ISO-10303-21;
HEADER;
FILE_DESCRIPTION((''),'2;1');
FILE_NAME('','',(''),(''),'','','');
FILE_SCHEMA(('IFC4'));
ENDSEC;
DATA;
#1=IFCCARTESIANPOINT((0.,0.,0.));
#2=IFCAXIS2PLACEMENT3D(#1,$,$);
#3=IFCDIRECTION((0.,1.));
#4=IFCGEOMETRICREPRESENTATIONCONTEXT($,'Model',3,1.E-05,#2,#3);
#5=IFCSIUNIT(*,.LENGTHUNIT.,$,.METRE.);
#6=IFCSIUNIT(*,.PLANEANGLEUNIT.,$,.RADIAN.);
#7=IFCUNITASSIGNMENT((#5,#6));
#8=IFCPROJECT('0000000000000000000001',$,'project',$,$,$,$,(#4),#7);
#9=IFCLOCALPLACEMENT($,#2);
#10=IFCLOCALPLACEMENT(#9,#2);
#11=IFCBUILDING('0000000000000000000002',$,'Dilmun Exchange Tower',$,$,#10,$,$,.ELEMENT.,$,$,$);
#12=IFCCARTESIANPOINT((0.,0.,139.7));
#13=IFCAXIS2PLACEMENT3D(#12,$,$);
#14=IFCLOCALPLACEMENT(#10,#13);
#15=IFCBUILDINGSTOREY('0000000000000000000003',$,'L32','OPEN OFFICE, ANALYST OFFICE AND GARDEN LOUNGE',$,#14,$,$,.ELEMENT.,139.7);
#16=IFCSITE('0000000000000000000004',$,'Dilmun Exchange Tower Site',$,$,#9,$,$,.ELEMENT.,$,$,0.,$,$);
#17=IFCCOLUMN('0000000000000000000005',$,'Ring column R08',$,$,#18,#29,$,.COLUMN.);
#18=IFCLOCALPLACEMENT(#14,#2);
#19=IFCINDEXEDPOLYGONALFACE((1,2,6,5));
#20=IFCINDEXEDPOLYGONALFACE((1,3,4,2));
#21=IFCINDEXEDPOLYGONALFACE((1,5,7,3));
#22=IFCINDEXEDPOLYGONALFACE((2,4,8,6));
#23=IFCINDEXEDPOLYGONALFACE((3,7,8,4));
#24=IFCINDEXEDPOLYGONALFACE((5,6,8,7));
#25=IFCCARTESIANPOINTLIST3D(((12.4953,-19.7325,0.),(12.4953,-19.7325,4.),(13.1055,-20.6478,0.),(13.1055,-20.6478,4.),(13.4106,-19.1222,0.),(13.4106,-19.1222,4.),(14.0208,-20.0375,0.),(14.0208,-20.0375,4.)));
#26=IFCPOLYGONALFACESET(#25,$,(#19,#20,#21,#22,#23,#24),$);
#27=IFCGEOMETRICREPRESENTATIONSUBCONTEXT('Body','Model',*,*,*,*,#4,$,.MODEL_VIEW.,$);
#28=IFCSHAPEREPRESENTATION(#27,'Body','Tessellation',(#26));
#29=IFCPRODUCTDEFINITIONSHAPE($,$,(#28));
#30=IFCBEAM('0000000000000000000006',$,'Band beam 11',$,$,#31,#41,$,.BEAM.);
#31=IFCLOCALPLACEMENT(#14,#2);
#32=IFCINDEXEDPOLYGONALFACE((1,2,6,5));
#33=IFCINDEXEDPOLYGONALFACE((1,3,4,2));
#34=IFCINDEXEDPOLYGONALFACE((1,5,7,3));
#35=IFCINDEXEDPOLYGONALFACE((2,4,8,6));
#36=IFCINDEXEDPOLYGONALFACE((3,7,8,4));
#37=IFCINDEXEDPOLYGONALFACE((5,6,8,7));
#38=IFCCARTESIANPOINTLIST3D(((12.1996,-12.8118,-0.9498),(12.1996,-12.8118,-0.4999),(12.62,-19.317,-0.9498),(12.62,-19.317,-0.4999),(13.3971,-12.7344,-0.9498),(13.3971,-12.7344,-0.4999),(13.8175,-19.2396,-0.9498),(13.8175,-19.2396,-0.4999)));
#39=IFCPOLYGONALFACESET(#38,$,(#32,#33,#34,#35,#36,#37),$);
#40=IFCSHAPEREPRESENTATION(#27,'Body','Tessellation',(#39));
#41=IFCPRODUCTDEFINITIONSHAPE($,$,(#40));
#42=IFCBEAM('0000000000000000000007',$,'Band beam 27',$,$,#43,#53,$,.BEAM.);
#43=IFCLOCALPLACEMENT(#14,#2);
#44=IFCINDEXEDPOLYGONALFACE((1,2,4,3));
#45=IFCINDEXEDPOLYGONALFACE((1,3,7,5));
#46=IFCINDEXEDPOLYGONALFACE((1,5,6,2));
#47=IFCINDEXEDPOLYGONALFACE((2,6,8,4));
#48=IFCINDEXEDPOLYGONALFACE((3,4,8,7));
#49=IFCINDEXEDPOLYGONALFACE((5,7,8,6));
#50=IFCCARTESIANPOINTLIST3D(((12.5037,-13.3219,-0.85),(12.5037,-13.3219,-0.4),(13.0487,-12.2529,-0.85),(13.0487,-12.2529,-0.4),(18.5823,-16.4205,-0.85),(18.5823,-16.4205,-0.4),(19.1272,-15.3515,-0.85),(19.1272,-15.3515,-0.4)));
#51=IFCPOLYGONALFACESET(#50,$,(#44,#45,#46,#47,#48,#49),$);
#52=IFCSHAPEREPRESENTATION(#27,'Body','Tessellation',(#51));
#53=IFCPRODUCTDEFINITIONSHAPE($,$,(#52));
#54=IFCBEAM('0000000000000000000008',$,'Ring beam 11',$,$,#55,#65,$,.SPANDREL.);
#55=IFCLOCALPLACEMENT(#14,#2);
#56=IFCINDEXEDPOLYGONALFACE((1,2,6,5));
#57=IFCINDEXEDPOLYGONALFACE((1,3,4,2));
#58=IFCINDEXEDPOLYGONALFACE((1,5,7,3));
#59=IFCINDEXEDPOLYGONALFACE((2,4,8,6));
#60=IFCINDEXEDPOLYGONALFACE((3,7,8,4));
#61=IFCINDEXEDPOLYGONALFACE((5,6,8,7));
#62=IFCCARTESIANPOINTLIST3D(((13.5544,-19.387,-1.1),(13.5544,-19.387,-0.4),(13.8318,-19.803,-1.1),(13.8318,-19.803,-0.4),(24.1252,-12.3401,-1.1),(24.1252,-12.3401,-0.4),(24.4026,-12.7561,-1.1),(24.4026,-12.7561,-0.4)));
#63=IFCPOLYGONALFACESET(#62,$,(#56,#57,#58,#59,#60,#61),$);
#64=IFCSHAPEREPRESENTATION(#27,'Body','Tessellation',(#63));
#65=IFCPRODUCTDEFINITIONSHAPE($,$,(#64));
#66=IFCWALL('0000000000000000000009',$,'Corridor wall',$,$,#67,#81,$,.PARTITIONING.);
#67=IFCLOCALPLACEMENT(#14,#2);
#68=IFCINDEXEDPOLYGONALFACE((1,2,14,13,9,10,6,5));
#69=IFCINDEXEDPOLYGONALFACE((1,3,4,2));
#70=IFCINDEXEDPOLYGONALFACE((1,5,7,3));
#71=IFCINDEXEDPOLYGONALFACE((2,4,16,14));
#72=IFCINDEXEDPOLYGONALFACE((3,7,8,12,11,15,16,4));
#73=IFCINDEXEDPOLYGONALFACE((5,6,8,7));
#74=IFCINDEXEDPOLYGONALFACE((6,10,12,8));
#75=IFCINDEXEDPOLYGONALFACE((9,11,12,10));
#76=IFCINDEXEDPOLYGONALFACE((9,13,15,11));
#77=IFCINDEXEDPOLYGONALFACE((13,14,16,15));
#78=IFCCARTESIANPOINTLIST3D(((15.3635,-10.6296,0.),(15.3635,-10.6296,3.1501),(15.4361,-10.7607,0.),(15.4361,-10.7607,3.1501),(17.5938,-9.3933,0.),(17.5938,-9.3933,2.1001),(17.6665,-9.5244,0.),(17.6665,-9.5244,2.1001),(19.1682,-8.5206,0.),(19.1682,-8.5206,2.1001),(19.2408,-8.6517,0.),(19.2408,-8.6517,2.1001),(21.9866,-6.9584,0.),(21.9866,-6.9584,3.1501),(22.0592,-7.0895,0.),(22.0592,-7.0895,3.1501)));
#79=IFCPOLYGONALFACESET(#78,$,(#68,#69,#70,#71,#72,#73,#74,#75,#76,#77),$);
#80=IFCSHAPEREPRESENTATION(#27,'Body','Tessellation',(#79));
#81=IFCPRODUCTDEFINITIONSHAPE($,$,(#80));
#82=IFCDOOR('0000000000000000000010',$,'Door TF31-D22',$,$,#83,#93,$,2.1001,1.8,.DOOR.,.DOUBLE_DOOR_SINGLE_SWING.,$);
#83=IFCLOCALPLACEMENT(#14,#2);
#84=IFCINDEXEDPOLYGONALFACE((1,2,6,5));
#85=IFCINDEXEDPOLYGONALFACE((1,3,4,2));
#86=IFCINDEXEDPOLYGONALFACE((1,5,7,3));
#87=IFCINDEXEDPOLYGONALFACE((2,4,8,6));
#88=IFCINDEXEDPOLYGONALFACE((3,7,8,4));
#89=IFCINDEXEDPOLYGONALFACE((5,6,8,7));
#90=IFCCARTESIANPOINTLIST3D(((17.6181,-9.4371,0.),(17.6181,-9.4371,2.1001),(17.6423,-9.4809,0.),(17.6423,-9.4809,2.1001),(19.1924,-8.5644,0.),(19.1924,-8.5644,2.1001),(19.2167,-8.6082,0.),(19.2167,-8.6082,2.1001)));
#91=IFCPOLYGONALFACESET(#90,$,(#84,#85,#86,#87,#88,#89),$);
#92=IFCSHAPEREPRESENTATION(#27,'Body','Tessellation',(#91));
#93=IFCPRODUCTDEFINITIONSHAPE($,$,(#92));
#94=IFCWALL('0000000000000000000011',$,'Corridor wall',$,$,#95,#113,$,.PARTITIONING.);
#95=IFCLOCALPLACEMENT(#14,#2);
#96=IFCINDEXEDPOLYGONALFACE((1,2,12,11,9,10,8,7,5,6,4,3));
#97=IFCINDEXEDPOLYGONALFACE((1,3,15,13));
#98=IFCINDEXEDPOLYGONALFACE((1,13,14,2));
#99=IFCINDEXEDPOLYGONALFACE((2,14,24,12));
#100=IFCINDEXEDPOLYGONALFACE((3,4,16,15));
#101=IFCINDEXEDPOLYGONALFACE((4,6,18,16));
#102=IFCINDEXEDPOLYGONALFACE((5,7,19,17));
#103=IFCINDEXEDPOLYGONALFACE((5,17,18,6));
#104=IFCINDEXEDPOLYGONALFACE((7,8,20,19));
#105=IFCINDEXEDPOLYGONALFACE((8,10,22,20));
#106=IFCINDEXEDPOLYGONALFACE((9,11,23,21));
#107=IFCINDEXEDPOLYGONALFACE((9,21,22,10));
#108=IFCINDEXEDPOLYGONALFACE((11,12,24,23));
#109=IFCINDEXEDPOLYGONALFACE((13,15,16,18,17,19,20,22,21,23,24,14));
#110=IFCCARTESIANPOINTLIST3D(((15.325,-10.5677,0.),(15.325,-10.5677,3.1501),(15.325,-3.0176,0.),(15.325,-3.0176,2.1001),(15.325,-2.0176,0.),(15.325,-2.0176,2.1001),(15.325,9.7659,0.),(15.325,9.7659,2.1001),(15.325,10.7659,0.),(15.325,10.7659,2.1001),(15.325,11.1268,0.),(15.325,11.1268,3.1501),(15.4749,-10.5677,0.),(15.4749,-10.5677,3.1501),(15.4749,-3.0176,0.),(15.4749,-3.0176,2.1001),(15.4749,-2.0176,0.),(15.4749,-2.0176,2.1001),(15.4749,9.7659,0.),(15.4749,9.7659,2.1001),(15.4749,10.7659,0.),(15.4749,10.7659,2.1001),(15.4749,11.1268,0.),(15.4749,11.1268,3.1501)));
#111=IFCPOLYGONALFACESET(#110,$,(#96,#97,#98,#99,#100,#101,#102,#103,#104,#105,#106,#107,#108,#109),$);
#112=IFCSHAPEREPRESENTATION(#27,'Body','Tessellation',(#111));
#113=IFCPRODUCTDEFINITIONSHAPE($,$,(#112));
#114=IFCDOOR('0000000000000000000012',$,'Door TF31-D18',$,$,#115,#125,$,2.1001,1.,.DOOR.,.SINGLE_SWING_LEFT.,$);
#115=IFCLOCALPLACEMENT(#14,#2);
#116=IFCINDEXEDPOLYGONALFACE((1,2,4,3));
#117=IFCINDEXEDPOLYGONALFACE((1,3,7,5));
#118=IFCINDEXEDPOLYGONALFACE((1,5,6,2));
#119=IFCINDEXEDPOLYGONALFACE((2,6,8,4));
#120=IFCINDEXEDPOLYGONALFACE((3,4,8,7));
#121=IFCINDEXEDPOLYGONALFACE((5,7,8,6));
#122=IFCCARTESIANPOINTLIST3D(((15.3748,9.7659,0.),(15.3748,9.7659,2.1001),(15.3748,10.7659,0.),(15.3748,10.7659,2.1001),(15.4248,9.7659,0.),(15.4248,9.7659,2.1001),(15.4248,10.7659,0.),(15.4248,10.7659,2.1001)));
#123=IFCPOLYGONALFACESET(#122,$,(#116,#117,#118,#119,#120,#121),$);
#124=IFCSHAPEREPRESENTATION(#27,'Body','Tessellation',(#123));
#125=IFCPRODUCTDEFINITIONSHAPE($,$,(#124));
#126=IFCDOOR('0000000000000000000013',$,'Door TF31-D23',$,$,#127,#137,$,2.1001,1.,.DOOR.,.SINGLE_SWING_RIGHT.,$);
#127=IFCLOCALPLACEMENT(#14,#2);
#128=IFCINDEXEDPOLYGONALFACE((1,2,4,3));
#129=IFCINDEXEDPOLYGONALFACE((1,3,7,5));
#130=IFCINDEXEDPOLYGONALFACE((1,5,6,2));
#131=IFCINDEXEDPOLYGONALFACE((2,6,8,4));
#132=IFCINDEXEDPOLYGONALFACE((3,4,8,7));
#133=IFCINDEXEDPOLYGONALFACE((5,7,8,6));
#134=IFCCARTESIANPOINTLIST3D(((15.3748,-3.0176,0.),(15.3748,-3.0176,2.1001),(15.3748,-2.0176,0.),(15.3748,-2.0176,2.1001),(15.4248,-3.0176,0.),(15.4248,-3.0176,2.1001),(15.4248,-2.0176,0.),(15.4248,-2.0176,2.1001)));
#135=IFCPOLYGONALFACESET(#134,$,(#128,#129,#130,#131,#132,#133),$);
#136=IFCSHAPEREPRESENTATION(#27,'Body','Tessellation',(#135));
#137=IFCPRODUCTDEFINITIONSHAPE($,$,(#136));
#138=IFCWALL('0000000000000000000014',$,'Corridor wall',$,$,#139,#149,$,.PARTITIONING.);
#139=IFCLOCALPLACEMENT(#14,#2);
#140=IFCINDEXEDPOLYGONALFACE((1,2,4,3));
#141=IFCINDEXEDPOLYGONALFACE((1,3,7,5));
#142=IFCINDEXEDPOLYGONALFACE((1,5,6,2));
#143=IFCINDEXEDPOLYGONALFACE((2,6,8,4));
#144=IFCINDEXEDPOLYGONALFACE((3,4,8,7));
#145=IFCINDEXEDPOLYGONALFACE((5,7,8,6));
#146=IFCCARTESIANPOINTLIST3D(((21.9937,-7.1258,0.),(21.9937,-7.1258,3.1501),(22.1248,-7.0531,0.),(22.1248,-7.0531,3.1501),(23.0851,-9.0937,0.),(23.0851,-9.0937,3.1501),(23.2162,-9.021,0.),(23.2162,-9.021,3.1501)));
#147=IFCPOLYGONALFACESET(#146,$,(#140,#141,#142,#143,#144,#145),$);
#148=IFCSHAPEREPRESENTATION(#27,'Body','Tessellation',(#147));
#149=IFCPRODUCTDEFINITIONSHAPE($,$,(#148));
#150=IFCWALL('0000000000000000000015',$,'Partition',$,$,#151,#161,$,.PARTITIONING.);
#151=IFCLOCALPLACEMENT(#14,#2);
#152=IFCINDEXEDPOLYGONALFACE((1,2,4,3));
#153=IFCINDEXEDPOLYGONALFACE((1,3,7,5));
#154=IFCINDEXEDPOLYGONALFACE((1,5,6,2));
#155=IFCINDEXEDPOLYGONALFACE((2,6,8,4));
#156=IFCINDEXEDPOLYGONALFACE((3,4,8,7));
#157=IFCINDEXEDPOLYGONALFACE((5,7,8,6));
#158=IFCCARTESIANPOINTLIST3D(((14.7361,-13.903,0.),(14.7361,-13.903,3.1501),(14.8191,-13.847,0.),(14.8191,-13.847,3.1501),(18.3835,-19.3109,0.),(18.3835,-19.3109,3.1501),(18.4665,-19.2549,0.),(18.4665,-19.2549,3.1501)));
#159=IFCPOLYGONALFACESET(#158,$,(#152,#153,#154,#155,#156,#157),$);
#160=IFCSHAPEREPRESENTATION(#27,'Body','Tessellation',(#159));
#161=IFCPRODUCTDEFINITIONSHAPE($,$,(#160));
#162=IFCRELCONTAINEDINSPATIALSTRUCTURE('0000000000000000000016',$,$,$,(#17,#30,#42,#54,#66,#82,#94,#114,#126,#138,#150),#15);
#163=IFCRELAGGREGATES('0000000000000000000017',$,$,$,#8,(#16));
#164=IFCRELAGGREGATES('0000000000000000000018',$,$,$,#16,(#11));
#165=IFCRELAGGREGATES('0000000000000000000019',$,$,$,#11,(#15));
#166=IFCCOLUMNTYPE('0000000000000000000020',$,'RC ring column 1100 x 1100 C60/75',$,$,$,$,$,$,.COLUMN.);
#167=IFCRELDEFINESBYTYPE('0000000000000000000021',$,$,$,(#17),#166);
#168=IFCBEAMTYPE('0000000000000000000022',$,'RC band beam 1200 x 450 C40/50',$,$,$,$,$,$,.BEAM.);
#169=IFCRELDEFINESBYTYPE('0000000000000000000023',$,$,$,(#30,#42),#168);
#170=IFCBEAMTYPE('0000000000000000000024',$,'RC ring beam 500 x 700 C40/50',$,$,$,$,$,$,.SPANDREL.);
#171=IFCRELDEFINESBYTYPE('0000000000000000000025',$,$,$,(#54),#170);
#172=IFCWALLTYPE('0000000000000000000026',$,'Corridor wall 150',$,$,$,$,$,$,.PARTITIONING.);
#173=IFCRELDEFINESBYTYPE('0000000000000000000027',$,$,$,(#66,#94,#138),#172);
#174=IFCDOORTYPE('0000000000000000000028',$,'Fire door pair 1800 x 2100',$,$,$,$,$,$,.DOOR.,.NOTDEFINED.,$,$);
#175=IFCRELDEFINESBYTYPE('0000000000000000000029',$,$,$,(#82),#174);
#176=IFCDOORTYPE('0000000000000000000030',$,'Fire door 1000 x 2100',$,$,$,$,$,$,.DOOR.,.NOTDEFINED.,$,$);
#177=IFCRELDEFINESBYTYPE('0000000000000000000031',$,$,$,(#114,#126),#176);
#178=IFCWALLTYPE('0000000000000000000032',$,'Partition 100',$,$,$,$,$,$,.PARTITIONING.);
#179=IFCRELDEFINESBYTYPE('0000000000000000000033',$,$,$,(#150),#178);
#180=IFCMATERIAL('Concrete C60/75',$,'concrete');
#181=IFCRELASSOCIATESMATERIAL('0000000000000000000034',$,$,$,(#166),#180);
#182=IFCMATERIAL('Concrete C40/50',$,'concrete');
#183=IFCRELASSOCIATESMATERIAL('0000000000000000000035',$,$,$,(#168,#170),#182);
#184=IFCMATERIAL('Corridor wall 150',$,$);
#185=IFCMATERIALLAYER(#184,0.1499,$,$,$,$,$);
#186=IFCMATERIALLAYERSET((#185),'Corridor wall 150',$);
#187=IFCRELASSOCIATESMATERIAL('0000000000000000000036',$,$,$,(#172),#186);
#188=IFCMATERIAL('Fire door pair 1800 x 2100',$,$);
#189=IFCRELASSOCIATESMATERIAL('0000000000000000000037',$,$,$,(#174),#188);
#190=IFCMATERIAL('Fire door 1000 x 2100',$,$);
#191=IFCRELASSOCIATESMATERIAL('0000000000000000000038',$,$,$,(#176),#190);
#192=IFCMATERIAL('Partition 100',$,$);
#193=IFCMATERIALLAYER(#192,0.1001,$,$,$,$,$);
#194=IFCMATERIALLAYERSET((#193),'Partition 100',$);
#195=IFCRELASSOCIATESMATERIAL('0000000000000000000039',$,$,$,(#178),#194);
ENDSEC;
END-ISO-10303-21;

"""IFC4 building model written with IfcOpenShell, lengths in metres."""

from ifc_helpers import new_model, si_unit, direction, frame, frame_2d, origin, origin_2d, place, context, subcontext, project, spatial, rectangle, extrude, material, layer, layer_set, material_profile, profile_set, type_object, element, fill, save


model = new_model("IFC4")

# Units and contexts
model_context = context("Model", 3, precision=1e-05, world=origin(), true_north=direction((0.0, 1.0)))
body_context = subcontext(model_context, "Body", "Model", "MODEL_VIEW")
ifc_project = project(units=[si_unit("LENGTHUNIT", "METRE"), si_unit("PLANEANGLEUNIT", "RADIAN")], contexts=[model_context])

# Site, building, storey
site_placement = place(None, origin())
site = spatial("IfcSite", under=ifc_project, at=site_placement, Name="Dilmun Exchange Tower Site", CompositionType="ELEMENT", RefElevation=0.0)
building_placement = place(site_placement, origin())
building = spatial("IfcBuilding", under=site, at=building_placement, Name="Dilmun Exchange Tower", CompositionType="ELEMENT")
storey_placement = place(building_placement, frame((0.0, 0.0, 139.7)))
storey = spatial("IfcBuildingStorey", under=building, at=storey_placement, Name="L32", Description="OPEN OFFICE, ANALYST OFFICE AND GARDEN LOUNGE", CompositionType="ELEMENT", Elevation=139.7)

# Column
ifc_material_1 = material(Name="Concrete C60/75", Category="concrete")
ifc_material_profile_1 = material_profile(ifc_material_1, rectangle(XDim=1.1001, YDim=1.1001, at=origin_2d()), Name="1100 x 1100")
ifc_profile_set_1 = profile_set([ifc_material_profile_1], Name="Concrete C60/75")
column_type = type_object("IfcColumnType", Name="RC ring column 1100 x 1100 C60/75", PredefinedType="COLUMN", material=ifc_profile_set_1)
column_placement = place(storey_placement, frame((13.2581, -19.885, 0.0), z_axis=(0.0, 0.0, 1.0), x_axis=(0.832029, 0.554733, 0.0)))
element("IfcColumn", 1, at=column_placement, inside=storey, type_object=column_type, Name="Ring column R08", PredefinedType="COLUMN", context=body_context, shape_type="SweptSolid", body=[
    extrude(rectangle(XDim=1.1001, YDim=1.1001, at=origin_2d()), origin(), (0.0, 0.0, 1.0), 4.0),
])

# Beams
ifc_material_2 = material(Name="Concrete C40/50", Category="concrete")
ifc_material_profile_2 = material_profile(ifc_material_2, rectangle(XDim=1.2, YDim=0.45, at=origin_2d()), Name="1200 x 450")
ifc_profile_set_2 = profile_set([ifc_material_profile_2], Name="Concrete C40/50")
beam_type_1 = type_object("IfcBeamType", Name="RC band beam 1200 x 450 C40/50", PredefinedType="BEAM", material=ifc_profile_set_2)
beam_1_placement = place(storey_placement, frame((13.2188, -19.2783, -0.7249), z_axis=(-0.064493, 0.997918, 0.0), x_axis=(-0.997918, -0.064493, 0.0)))
element("IfcBeam", 2, at=beam_1_placement, inside=storey, type_object=beam_type_1, Name="Band beam 11", PredefinedType="BEAM", context=body_context, shape_type="SweptSolid", body=[
    extrude(rectangle(XDim=1.2, YDim=0.45, at=origin_2d()), origin(), (0.0, 0.0, 1.0), 6.5188),
])
beam_2_placement = place(storey_placement, frame((18.8547, -15.886, -0.625), z_axis=(-0.890922, 0.454156, 0.0), x_axis=(-0.454156, -0.890922, 0.0)))
element("IfcBeam", 3, at=beam_2_placement, inside=storey, type_object=beam_type_1, Name="Band beam 27", PredefinedType="BEAM", context=body_context, shape_type="SweptSolid", body=[
    extrude(rectangle(XDim=1.2, YDim=0.45, at=origin_2d()), origin(), (0.0, 0.0, 1.0), 6.8228),
])
ifc_material_profile_3 = material_profile(ifc_material_2, rectangle(XDim=0.5, YDim=0.7, at=origin_2d()), Name="500 x 700")
ifc_profile_set_3 = profile_set([ifc_material_profile_3], Name="Concrete C40/50")
beam_type_2 = type_object("IfcBeamType", Name="RC ring beam 500 x 700 C40/50", PredefinedType="SPANDREL", material=ifc_profile_set_3)
beam_3_placement = place(storey_placement, frame((13.6931, -19.595, -0.75), z_axis=(0.832062, 0.554682, 0.0), x_axis=(-0.554682, 0.832062, 0.0)))
element("IfcBeam", 4, at=beam_3_placement, inside=storey, type_object=beam_type_2, Name="Ring beam 11", PredefinedType="SPANDREL", context=body_context, shape_type="SweptSolid", body=[
    extrude(rectangle(XDim=0.5, YDim=0.7, at=origin_2d()), origin(), (0.0, 0.0, 1.0), 12.7043),
])

# Wall, opening, door
ifc_material_3 = material(Name="Corridor wall 150")
ifc_layer_1 = layer(ifc_material_3, 0.1499)
ifc_layer_set_1 = layer_set([ifc_layer_1], Name="Corridor wall 150")
wall_type_1 = type_object("IfcWallType", Name="Corridor wall 150", PredefinedType="PARTITIONING", material=ifc_layer_set_1)
wall_1_placement = place(storey_placement, frame((15.3999, -10.6951, 0.0), z_axis=(0.0, 0.0, 1.0), x_axis=(0.874624, 0.484802, 0.0)))
wall_1 = element("IfcWall", 5, at=wall_1_placement, inside=storey, type_object=wall_type_1, Name="Corridor wall", PredefinedType="PARTITIONING", context=body_context, shape_type="SweptSolid", body=[
    extrude(rectangle(XDim=7.5725, YDim=0.1499, at=frame_2d((3.7861, 0.0))), origin(), (0.0, 0.0, 1.0), 3.1501),
])
opening_1_placement = place(wall_1_placement, frame((2.55, 0.0, 0.0)))
opening_1 = element("IfcOpeningElement", 6, at=opening_1_placement, cuts=wall_1, PredefinedType="OPENING", context=body_context, shape_type="SweptSolid", body=[
    extrude(rectangle(XDim=1.8, YDim=2.1001, at=frame_2d((0.8999, 1.05))), frame((0.0, 0.085, 0.0), z_axis=(0.0, -1.0, 0.0), x_axis=(1.0, 0.0, 0.0)), (0.0, 0.0, 1.0), 0.1699),
])
ifc_material_4 = material(Name="Fire door pair 1800 x 2100")
door_type_1 = type_object("IfcDoorType", Name="Fire door pair 1800 x 2100", OperationType="NOTDEFINED", PredefinedType="DOOR", material=ifc_material_4)
door_1_placement = place(opening_1_placement, origin())
door_1 = element("IfcDoor", 7, at=door_1_placement, inside=storey, type_object=door_type_1, Name="Door TF31-D22", OperationType="DOUBLE_DOOR_SINGLE_SWING", OverallHeight=2.1001, OverallWidth=1.8, PredefinedType="DOOR", context=body_context, shape_type="SweptSolid", body=[
    extrude(rectangle(XDim=1.8, YDim=2.1001, at=frame_2d((0.8999, 1.05))), frame((0.0, 0.0249, 0.0), z_axis=(0.0, -1.0, 0.0), x_axis=(1.0, 0.0, 0.0)), (0.0, 0.0, 1.0), 0.05),
])
fill(opening_1, door_1)

# Wall, openings, doors
wall_2_placement = place(storey_placement, frame((15.3999, -10.5676, 0.0), z_axis=(0.0, 0.0, 1.0), x_axis=(0.0, 1.0, 0.0)))
wall_2 = element("IfcWall", 8, at=wall_2_placement, inside=storey, type_object=wall_type_1, Name="Corridor wall", PredefinedType="PARTITIONING", context=body_context, shape_type="SweptSolid", body=[
    extrude(rectangle(XDim=21.6946, YDim=0.1499, at=frame_2d((10.8472, 0.0))), origin(), (0.0, 0.0, 1.0), 3.1501),
])
opening_2_placement = place(wall_2_placement, frame((20.3335, 0.0, 0.0)))
opening_2 = element("IfcOpeningElement", 9, at=opening_2_placement, cuts=wall_2, PredefinedType="OPENING", context=body_context, shape_type="SweptSolid", body=[
    extrude(rectangle(XDim=1.0, YDim=2.1001, at=frame_2d((0.5, 1.05))), frame((0.0, 0.085, 0.0), z_axis=(0.0, -1.0, 0.0), x_axis=(1.0, 0.0, 0.0)), (0.0, 0.0, 1.0), 0.1699),
])
opening_3_placement = place(wall_2_placement, frame((7.55, 0.0, 0.0)))
opening_3 = element("IfcOpeningElement", 10, at=opening_3_placement, cuts=wall_2, PredefinedType="OPENING", context=body_context, shape_type="SweptSolid", body=[
    extrude(rectangle(XDim=1.0, YDim=2.1001, at=frame_2d((0.5, 1.05))), frame((0.0, 0.085, 0.0), z_axis=(0.0, -1.0, 0.0), x_axis=(1.0, 0.0, 0.0)), (0.0, 0.0, 1.0), 0.1699),
])
ifc_material_5 = material(Name="Fire door 1000 x 2100")
door_type_2 = type_object("IfcDoorType", Name="Fire door 1000 x 2100", OperationType="NOTDEFINED", PredefinedType="DOOR", material=ifc_material_5)
door_2_placement = place(opening_2_placement, frame((1.0, 0.0, 0.0), z_axis=(0.0, 0.0, 1.0), x_axis=(-1.0, 0.0, 0.0)))
door_2 = element("IfcDoor", 11, at=door_2_placement, inside=storey, type_object=door_type_2, Name="Door TF31-D18", OperationType="SINGLE_SWING_LEFT", OverallHeight=2.1001, OverallWidth=1.0, PredefinedType="DOOR", context=body_context, shape_type="SweptSolid", body=[
    extrude(rectangle(XDim=1.0, YDim=2.1001, at=frame_2d((0.5, 1.05))), frame((0.0, 0.0249, 0.0), z_axis=(0.0, -1.0, 0.0), x_axis=(1.0, 0.0, 0.0)), (0.0, 0.0, 1.0), 0.05),
])
fill(opening_2, door_2)
door_3_placement = place(opening_3_placement, frame((1.0, 0.0, 0.0), z_axis=(0.0, 0.0, 1.0), x_axis=(-1.0, 0.0, 0.0)))
door_3 = element("IfcDoor", 12, at=door_3_placement, inside=storey, type_object=door_type_2, Name="Door TF31-D23", OperationType="SINGLE_SWING_RIGHT", OverallHeight=2.1001, OverallWidth=1.0, PredefinedType="DOOR", context=body_context, shape_type="SweptSolid", body=[
    extrude(rectangle(XDim=1.0, YDim=2.1001, at=frame_2d((0.5, 1.05))), frame((0.0, 0.0249, 0.0), z_axis=(0.0, -1.0, 0.0), x_axis=(1.0, 0.0, 0.0)), (0.0, 0.0, 1.0), 0.05),
])
fill(opening_3, door_3)

# Walls
wall_3_placement = place(storey_placement, frame((22.0593, -7.0896, 0.0), z_axis=(0.0, 0.0, 1.0), x_axis=(0.484998, -0.874515, 0.0)))
element("IfcWall", 13, at=wall_3_placement, inside=storey, type_object=wall_type_1, Name="Corridor wall", PredefinedType="PARTITIONING", context=body_context, shape_type="SweptSolid", body=[
    extrude(rectangle(XDim=2.2502, YDim=0.1499, at=frame_2d((1.125, 0.0))), origin(), (0.0, 0.0, 1.0), 3.1501),
])
ifc_material_6 = material(Name="Partition 100")
ifc_layer_2 = layer(ifc_material_6, 0.1001)
ifc_layer_set_2 = layer_set([ifc_layer_2], Name="Partition 100")
wall_type_2 = type_object("IfcWallType", Name="Partition 100", PredefinedType="PARTITIONING", material=ifc_layer_set_2)
wall_4_placement = place(storey_placement, frame((14.7776, -13.875, 0.0), z_axis=(0.0, 0.0, 1.0), x_axis=(0.559166, -0.829056, 0.0)))
element("IfcWall", 14, at=wall_4_placement, inside=storey, type_object=wall_type_2, Name="Partition", PredefinedType="PARTITIONING", context=body_context, shape_type="SweptSolid", body=[
    extrude(rectangle(XDim=6.5229, YDim=0.1001, at=frame_2d((3.2615, 0.0))), origin(), (0.0, 0.0, 1.0), 3.1501),
])

save(model, "model.ifc")
